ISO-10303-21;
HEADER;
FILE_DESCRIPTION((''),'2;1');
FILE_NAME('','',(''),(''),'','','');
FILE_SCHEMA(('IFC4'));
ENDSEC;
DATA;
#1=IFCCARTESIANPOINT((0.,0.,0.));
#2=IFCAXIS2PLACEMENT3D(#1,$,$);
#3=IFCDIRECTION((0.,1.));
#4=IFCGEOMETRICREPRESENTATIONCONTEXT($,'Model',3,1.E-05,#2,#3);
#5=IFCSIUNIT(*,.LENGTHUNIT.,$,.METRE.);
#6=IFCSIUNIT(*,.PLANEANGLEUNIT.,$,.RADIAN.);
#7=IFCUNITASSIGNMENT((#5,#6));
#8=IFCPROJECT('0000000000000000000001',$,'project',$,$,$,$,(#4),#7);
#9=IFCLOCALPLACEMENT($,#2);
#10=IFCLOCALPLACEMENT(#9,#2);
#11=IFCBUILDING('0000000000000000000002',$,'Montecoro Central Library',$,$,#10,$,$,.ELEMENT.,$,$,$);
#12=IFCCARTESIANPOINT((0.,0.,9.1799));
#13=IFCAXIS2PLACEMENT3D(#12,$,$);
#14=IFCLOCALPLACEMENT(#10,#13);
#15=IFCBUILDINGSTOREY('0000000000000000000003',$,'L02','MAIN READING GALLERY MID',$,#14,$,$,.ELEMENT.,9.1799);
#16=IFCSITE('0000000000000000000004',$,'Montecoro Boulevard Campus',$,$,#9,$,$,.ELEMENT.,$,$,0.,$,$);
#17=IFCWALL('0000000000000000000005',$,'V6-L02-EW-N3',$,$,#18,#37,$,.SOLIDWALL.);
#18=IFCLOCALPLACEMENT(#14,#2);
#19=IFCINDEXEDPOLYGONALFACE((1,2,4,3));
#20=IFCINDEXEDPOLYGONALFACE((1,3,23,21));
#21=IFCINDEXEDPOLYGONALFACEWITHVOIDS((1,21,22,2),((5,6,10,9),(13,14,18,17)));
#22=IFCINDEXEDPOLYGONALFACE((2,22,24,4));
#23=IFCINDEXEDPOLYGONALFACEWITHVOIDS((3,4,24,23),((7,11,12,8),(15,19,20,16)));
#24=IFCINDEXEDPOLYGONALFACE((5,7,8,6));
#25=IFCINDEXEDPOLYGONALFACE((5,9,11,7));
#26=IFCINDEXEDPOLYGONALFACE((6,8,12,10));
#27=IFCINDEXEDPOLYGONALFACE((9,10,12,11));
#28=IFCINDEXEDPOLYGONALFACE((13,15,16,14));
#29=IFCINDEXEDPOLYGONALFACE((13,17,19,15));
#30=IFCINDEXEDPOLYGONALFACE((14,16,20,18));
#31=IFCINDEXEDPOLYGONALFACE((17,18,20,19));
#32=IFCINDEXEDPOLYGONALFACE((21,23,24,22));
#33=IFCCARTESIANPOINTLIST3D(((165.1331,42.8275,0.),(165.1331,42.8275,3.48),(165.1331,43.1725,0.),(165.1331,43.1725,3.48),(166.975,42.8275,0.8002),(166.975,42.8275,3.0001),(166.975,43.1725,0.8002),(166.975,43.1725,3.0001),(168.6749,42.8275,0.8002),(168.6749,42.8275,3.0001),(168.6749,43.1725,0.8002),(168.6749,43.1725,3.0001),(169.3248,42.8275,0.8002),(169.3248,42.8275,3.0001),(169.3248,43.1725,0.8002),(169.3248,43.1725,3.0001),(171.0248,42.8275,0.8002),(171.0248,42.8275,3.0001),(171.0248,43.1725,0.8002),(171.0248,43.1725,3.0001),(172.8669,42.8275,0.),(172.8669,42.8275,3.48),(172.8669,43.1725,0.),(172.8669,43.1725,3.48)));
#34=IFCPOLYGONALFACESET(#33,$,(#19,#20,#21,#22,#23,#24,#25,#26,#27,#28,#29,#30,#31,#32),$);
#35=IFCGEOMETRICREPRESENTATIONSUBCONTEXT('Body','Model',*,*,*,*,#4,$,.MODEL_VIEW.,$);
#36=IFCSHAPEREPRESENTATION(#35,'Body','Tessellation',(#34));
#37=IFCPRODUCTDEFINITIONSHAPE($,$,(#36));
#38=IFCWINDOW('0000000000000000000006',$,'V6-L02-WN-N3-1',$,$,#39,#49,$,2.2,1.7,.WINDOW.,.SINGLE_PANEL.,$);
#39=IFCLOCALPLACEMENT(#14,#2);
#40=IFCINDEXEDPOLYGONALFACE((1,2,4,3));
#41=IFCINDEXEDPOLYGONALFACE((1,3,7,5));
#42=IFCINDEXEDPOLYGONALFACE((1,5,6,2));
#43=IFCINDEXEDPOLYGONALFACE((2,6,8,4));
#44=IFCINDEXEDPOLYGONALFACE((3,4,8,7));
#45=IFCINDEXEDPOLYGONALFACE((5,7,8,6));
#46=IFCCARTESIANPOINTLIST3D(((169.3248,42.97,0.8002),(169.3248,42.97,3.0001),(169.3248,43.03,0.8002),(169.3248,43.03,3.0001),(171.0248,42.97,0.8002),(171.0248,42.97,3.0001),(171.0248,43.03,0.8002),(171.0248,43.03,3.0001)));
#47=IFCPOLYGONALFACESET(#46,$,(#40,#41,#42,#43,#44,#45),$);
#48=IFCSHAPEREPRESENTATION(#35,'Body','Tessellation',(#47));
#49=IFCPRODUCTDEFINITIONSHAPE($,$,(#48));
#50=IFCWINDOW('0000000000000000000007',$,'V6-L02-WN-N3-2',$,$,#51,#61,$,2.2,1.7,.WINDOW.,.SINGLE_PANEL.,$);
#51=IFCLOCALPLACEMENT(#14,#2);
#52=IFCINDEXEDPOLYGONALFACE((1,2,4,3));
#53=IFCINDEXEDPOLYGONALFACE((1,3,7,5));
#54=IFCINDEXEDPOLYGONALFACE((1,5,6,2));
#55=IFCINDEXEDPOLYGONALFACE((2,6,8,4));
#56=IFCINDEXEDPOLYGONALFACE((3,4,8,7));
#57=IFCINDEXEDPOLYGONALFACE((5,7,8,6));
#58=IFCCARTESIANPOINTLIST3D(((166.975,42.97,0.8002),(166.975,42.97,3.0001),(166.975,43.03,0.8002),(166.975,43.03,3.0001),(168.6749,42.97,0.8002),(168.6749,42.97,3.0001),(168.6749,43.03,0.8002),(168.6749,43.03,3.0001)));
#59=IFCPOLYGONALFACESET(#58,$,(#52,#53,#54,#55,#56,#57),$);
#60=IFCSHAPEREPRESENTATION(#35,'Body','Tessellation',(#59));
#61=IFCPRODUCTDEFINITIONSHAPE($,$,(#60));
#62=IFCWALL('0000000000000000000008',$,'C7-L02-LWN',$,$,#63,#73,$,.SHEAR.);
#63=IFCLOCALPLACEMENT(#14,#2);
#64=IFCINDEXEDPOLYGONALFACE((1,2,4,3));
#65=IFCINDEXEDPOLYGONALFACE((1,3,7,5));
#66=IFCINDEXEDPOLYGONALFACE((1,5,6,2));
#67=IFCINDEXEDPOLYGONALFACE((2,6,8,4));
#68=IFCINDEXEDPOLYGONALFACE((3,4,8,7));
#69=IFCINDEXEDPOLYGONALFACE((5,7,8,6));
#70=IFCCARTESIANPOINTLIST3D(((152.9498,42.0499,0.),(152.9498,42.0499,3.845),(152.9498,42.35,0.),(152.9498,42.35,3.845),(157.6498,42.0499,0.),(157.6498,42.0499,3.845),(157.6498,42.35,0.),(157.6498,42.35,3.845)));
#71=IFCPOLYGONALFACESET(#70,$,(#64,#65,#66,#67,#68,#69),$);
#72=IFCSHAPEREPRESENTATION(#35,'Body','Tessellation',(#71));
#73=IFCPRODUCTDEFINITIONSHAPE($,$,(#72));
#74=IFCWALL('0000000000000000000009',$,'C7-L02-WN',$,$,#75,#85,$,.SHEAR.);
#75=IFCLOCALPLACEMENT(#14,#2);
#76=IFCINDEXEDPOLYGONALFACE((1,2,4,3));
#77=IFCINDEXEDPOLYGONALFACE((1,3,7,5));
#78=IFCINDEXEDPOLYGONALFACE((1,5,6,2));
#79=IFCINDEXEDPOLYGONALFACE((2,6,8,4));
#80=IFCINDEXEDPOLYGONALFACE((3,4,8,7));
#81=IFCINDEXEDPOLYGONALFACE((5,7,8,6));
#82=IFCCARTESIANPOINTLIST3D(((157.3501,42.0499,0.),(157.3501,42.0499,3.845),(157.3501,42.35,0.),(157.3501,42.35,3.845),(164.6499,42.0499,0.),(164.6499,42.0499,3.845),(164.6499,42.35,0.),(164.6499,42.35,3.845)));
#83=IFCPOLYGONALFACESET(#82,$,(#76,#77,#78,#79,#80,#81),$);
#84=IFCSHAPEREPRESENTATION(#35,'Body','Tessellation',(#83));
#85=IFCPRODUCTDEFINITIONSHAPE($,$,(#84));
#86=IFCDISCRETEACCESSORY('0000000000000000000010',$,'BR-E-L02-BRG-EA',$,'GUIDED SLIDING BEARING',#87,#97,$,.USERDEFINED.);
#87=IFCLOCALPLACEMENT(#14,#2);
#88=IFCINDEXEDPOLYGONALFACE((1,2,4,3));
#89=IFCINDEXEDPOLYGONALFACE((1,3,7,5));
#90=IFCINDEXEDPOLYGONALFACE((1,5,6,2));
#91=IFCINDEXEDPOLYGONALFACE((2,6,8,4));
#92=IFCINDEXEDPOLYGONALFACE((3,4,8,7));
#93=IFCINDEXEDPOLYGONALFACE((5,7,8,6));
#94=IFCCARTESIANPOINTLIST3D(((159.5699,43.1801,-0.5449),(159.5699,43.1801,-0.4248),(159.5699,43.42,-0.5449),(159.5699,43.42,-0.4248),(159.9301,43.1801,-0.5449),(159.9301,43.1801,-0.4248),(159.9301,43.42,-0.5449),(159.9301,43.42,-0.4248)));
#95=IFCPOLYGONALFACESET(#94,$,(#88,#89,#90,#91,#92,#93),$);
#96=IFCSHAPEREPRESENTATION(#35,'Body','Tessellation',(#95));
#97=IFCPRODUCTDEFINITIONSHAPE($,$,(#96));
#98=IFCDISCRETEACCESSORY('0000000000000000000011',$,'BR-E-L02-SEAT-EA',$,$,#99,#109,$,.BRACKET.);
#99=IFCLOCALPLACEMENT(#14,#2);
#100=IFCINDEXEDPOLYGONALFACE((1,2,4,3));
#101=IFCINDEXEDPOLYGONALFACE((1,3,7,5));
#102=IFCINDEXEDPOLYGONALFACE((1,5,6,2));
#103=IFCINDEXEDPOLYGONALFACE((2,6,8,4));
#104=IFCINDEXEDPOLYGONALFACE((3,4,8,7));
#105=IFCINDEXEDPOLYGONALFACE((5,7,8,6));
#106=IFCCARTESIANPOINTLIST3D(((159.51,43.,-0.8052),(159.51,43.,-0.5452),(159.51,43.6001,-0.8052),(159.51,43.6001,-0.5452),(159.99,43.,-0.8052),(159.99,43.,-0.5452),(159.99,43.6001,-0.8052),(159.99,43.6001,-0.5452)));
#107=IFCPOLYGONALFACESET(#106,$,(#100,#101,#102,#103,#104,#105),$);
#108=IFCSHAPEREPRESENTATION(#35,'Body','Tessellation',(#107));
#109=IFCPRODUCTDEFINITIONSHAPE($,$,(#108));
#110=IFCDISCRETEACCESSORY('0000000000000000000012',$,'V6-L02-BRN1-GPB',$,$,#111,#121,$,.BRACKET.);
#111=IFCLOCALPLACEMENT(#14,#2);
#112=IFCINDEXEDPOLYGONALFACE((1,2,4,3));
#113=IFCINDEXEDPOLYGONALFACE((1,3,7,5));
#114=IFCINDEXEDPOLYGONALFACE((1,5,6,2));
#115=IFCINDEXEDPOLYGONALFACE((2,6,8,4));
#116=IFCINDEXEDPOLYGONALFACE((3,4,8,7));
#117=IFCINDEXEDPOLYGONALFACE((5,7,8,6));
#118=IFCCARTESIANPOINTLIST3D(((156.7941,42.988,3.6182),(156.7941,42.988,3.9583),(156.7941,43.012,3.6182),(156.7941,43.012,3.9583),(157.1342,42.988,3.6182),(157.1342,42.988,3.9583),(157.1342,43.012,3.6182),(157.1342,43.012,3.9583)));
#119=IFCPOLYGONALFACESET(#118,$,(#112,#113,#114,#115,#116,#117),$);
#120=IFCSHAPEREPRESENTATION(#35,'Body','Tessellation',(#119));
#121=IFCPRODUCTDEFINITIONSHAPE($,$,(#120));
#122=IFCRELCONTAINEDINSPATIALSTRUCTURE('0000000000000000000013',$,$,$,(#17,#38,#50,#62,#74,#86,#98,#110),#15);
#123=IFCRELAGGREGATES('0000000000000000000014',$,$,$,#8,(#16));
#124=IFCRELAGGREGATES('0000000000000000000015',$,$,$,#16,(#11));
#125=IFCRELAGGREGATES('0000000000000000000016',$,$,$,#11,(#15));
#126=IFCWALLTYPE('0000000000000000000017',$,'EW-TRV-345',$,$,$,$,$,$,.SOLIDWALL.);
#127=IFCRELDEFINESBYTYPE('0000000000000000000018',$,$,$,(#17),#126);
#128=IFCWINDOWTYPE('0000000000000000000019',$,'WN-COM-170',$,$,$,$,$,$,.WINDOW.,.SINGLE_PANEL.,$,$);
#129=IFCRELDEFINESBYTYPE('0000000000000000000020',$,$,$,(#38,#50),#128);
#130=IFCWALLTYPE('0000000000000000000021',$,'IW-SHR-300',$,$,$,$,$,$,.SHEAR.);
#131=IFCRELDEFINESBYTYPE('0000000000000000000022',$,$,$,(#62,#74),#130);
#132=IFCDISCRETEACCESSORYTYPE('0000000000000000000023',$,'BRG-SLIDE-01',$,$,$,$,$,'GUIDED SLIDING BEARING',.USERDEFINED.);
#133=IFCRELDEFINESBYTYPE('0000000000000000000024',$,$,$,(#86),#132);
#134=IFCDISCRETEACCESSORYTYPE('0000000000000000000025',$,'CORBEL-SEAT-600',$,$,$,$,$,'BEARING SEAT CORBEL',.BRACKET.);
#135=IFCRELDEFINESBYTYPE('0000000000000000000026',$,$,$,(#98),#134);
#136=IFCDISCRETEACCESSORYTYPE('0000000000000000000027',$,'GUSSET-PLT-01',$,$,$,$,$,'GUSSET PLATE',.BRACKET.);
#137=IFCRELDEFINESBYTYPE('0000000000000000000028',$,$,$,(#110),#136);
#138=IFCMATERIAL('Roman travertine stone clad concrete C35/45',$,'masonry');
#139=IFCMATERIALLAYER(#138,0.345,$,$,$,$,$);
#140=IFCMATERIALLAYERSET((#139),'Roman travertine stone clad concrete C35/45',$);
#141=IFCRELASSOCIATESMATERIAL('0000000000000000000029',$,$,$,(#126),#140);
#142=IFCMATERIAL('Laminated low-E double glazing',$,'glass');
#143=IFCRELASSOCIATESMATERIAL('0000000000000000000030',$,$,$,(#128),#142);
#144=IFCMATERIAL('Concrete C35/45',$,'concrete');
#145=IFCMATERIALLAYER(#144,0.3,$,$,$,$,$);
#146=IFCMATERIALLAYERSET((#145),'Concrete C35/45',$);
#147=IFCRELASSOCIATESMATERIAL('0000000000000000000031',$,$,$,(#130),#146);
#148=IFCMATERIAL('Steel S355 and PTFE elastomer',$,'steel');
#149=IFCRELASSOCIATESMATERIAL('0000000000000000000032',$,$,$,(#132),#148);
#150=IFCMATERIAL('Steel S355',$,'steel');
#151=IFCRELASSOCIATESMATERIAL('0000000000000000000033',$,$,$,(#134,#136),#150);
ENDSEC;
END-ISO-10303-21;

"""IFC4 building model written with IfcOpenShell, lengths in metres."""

from ifc_helpers import new_model, si_unit, direction, frame, frame_2d, origin, origin_2d, place, context, subcontext, project, spatial, rectangle, extrude, material, layer, layer_set, type_object, element, fill, save


model = new_model("IFC4")

# Units and contexts
model_context = context("Model", 3, precision=1e-05, world=origin(), true_north=direction((0.0, 1.0)))
body_context = subcontext(model_context, "Body", "Model", "MODEL_VIEW")
ifc_project = project(units=[si_unit("LENGTHUNIT", "METRE"), si_unit("PLANEANGLEUNIT", "RADIAN")], contexts=[model_context])

# Site, building, storey
site_placement = place(None, origin())
site = spatial("IfcSite", under=ifc_project, at=site_placement, Name="Montecoro Boulevard Campus", CompositionType="ELEMENT", RefElevation=0.0)
building_placement = place(site_placement, origin())
building = spatial("IfcBuilding", under=site, at=building_placement, Name="Montecoro Central Library", CompositionType="ELEMENT")
storey_placement = place(building_placement, frame((0.0, 0.0, 9.1799)))
storey = spatial("IfcBuildingStorey", under=building, at=storey_placement, Name="L02", Description="MAIN READING GALLERY MID", CompositionType="ELEMENT", Elevation=9.1799)

# Shared definitions
ifc_material_1 = material(Name="Steel S355", Category="steel")

# Shared definitions
ifc_material_2 = material(Name="Laminated low-E double glazing", Category="glass")

# Wall, openings, windows
ifc_material_3 = material(Name="Roman travertine stone clad concrete C35/45", Category="masonry")
ifc_layer_1 = layer(ifc_material_3, 0.345)
ifc_layer_set_1 = layer_set([ifc_layer_1], Name="Roman travertine stone clad concrete C35/45")
wall_type_1 = type_object("IfcWallType", Name="EW-TRV-345", PredefinedType="SOLIDWALL", material=ifc_layer_set_1)
wall_1_placement = place(storey_placement, frame((172.8669, 43.0, 0.0), z_axis=(0.0, 0.0, 1.0), x_axis=(-1.0, 0.0, 0.0)))
wall_1 = element("IfcWall", 1, at=wall_1_placement, inside=storey, type_object=wall_type_1, Name="V6-L02-EW-N3", PredefinedType="SOLIDWALL", context=body_context, shape_type="SweptSolid", body=[
    extrude(rectangle(XDim=7.7339, YDim=0.345, at=frame_2d((3.8669, 0.0))), origin(), (0.0, 0.0, 1.0), 3.48),
])
opening_1_placement = place(wall_1_placement, frame((1.842, 0.0, 0.8)))
opening_1 = element("IfcOpeningElement", 2, at=opening_1_placement, cuts=wall_1, PredefinedType="OPENING", context=body_context, shape_type="SweptSolid", body=[
    extrude(rectangle(XDim=1.7, YDim=2.2, at=frame_2d((0.8501, 1.1001))), frame((0.0, 0.1824, 0.0), z_axis=(0.0, -1.0, 0.0), x_axis=(1.0, 0.0, 0.0)), (0.0, 0.0, 1.0), 0.365),
])
opening_2_placement = place(wall_1_placement, frame((4.1919, 0.0, 0.8)))
opening_2 = element("IfcOpeningElement", 3, at=opening_2_placement, cuts=wall_1, PredefinedType="OPENING", context=body_context, shape_type="SweptSolid", body=[
    extrude(rectangle(XDim=1.7, YDim=2.2, at=frame_2d((0.8501, 1.1001))), frame((0.0, 0.1824, 0.0), z_axis=(0.0, -1.0, 0.0), x_axis=(1.0, 0.0, 0.0)), (0.0, 0.0, 1.0), 0.365),
])
window_type = type_object("IfcWindowType", Name="WN-COM-170", PartitioningType="SINGLE_PANEL", PredefinedType="WINDOW", material=ifc_material_2)
window_1_placement = place(opening_1_placement, origin())
window_1 = element("IfcWindow", 4, at=window_1_placement, inside=storey, type_object=window_type, Name="V6-L02-WN-N3-1", OverallHeight=2.2, OverallWidth=1.7, PartitioningType="SINGLE_PANEL", PredefinedType="WINDOW", context=body_context, shape_type="SweptSolid", body=[
    extrude(rectangle(XDim=1.7, YDim=2.2, at=frame_2d((0.8501, 1.1001))), frame((0.0, 0.03, 0.0), z_axis=(0.0, -1.0, 0.0), x_axis=(1.0, 0.0, 0.0)), (0.0, 0.0, 1.0), 0.0601),
])
fill(opening_1, window_1)
window_2_placement = place(opening_2_placement, origin())
window_2 = element("IfcWindow", 5, at=window_2_placement, inside=storey, type_object=window_type, Name="V6-L02-WN-N3-2", OverallHeight=2.2, OverallWidth=1.7, PartitioningType="SINGLE_PANEL", PredefinedType="WINDOW", context=body_context, shape_type="SweptSolid", body=[
    extrude(rectangle(XDim=1.7, YDim=2.2, at=frame_2d((0.8501, 1.1001))), frame((0.0, 0.03, 0.0), z_axis=(0.0, -1.0, 0.0), x_axis=(1.0, 0.0, 0.0)), (0.0, 0.0, 1.0), 0.0601),
])
fill(opening_2, window_2)

# Walls
ifc_material_4 = material(Name="Concrete C35/45", Category="concrete")
ifc_layer_2 = layer(ifc_material_4, 0.3)
ifc_layer_set_2 = layer_set([ifc_layer_2], Name="Concrete C35/45")
wall_type_2 = type_object("IfcWallType", Name="IW-SHR-300", PredefinedType="SHEAR", material=ifc_layer_set_2)
wall_2_placement = place(storey_placement, frame((157.6499, 42.2, 0.0), z_axis=(0.0, 0.0, 1.0), x_axis=(-1.0, 0.0, 0.0)))
element("IfcWall", 6, at=wall_2_placement, inside=storey, type_object=wall_type_2, Name="C7-L02-LWN", PredefinedType="SHEAR", context=body_context, shape_type="SweptSolid", body=[
    extrude(rectangle(XDim=4.7, YDim=0.3, at=frame_2d((2.3501, 0.0))), origin(), (0.0, 0.0, 1.0), 3.845),
])
wall_3_placement = place(storey_placement, frame((157.3501, 42.2, 0.0), z_axis=(0.0, 0.0, 1.0), x_axis=(1.0, 0.0, 0.0)))
element("IfcWall", 7, at=wall_3_placement, inside=storey, type_object=wall_type_2, Name="C7-L02-WN", PredefinedType="SHEAR", context=body_context, shape_type="SweptSolid", body=[
    extrude(rectangle(XDim=7.2998, YDim=0.3, at=frame_2d((3.6499, 0.0))), origin(), (0.0, 0.0, 1.0), 3.845),
])

# Discrete accessories
ifc_material_5 = material(Name="Steel S355 and PTFE elastomer", Category="steel")
discrete_accessory_type_1 = type_object("IfcDiscreteAccessoryType", Name="BRG-SLIDE-01", ElementType="GUIDED SLIDING BEARING", PredefinedType="USERDEFINED", material=ifc_material_5)
discrete_accessory_1_placement = place(storey_placement, frame((159.75, 43.3, -0.5449), z_axis=(0.0, 0.0, 1.0), x_axis=(1.0, 0.0, 0.0)))
element("IfcDiscreteAccessory", 8, at=discrete_accessory_1_placement, inside=storey, type_object=discrete_accessory_type_1, Name="BR-E-L02-BRG-EA", ObjectType="GUIDED SLIDING BEARING", PredefinedType="USERDEFINED", context=body_context, shape_type="SweptSolid", body=[
    extrude(rectangle(XDim=0.3601, YDim=0.24, at=origin_2d()), origin(), (0.0, 0.0, 1.0), 0.1201),
])
discrete_accessory_type_2 = type_object("IfcDiscreteAccessoryType", Name="CORBEL-SEAT-600", ElementType="BEARING SEAT CORBEL", PredefinedType="BRACKET", material=ifc_material_1)
discrete_accessory_2_placement = place(storey_placement, frame((159.75, 43.3, -0.8052), z_axis=(0.0, 0.0, 1.0), x_axis=(1.0, 0.0, 0.0)))
element("IfcDiscreteAccessory", 9, at=discrete_accessory_2_placement, inside=storey, type_object=discrete_accessory_type_2, Name="BR-E-L02-SEAT-EA", PredefinedType="BRACKET", context=body_context, shape_type="SweptSolid", body=[
    extrude(rectangle(XDim=0.48, YDim=0.6001, at=origin_2d()), origin(), (0.0, 0.0, 1.0), 0.26),
])
discrete_accessory_type_3 = type_object("IfcDiscreteAccessoryType", Name="GUSSET-PLT-01", ElementType="GUSSET PLATE", PredefinedType="BRACKET", material=ifc_material_1)
discrete_accessory_3_placement = place(storey_placement, frame((156.9641, 43.0, 3.6182), z_axis=(0.0, 0.0, 1.0), x_axis=(1.0, 0.0, 0.0)))
element("IfcDiscreteAccessory", 10, at=discrete_accessory_3_placement, inside=storey, type_object=discrete_accessory_type_3, Name="V6-L02-BRN1-GPB", PredefinedType="BRACKET", context=body_context, shape_type="SweptSolid", body=[
    extrude(rectangle(XDim=0.3401, YDim=0.0239, at=origin_2d()), origin(), (0.0, 0.0, 1.0), 0.3401),
])

save(model, "model.ifc")
